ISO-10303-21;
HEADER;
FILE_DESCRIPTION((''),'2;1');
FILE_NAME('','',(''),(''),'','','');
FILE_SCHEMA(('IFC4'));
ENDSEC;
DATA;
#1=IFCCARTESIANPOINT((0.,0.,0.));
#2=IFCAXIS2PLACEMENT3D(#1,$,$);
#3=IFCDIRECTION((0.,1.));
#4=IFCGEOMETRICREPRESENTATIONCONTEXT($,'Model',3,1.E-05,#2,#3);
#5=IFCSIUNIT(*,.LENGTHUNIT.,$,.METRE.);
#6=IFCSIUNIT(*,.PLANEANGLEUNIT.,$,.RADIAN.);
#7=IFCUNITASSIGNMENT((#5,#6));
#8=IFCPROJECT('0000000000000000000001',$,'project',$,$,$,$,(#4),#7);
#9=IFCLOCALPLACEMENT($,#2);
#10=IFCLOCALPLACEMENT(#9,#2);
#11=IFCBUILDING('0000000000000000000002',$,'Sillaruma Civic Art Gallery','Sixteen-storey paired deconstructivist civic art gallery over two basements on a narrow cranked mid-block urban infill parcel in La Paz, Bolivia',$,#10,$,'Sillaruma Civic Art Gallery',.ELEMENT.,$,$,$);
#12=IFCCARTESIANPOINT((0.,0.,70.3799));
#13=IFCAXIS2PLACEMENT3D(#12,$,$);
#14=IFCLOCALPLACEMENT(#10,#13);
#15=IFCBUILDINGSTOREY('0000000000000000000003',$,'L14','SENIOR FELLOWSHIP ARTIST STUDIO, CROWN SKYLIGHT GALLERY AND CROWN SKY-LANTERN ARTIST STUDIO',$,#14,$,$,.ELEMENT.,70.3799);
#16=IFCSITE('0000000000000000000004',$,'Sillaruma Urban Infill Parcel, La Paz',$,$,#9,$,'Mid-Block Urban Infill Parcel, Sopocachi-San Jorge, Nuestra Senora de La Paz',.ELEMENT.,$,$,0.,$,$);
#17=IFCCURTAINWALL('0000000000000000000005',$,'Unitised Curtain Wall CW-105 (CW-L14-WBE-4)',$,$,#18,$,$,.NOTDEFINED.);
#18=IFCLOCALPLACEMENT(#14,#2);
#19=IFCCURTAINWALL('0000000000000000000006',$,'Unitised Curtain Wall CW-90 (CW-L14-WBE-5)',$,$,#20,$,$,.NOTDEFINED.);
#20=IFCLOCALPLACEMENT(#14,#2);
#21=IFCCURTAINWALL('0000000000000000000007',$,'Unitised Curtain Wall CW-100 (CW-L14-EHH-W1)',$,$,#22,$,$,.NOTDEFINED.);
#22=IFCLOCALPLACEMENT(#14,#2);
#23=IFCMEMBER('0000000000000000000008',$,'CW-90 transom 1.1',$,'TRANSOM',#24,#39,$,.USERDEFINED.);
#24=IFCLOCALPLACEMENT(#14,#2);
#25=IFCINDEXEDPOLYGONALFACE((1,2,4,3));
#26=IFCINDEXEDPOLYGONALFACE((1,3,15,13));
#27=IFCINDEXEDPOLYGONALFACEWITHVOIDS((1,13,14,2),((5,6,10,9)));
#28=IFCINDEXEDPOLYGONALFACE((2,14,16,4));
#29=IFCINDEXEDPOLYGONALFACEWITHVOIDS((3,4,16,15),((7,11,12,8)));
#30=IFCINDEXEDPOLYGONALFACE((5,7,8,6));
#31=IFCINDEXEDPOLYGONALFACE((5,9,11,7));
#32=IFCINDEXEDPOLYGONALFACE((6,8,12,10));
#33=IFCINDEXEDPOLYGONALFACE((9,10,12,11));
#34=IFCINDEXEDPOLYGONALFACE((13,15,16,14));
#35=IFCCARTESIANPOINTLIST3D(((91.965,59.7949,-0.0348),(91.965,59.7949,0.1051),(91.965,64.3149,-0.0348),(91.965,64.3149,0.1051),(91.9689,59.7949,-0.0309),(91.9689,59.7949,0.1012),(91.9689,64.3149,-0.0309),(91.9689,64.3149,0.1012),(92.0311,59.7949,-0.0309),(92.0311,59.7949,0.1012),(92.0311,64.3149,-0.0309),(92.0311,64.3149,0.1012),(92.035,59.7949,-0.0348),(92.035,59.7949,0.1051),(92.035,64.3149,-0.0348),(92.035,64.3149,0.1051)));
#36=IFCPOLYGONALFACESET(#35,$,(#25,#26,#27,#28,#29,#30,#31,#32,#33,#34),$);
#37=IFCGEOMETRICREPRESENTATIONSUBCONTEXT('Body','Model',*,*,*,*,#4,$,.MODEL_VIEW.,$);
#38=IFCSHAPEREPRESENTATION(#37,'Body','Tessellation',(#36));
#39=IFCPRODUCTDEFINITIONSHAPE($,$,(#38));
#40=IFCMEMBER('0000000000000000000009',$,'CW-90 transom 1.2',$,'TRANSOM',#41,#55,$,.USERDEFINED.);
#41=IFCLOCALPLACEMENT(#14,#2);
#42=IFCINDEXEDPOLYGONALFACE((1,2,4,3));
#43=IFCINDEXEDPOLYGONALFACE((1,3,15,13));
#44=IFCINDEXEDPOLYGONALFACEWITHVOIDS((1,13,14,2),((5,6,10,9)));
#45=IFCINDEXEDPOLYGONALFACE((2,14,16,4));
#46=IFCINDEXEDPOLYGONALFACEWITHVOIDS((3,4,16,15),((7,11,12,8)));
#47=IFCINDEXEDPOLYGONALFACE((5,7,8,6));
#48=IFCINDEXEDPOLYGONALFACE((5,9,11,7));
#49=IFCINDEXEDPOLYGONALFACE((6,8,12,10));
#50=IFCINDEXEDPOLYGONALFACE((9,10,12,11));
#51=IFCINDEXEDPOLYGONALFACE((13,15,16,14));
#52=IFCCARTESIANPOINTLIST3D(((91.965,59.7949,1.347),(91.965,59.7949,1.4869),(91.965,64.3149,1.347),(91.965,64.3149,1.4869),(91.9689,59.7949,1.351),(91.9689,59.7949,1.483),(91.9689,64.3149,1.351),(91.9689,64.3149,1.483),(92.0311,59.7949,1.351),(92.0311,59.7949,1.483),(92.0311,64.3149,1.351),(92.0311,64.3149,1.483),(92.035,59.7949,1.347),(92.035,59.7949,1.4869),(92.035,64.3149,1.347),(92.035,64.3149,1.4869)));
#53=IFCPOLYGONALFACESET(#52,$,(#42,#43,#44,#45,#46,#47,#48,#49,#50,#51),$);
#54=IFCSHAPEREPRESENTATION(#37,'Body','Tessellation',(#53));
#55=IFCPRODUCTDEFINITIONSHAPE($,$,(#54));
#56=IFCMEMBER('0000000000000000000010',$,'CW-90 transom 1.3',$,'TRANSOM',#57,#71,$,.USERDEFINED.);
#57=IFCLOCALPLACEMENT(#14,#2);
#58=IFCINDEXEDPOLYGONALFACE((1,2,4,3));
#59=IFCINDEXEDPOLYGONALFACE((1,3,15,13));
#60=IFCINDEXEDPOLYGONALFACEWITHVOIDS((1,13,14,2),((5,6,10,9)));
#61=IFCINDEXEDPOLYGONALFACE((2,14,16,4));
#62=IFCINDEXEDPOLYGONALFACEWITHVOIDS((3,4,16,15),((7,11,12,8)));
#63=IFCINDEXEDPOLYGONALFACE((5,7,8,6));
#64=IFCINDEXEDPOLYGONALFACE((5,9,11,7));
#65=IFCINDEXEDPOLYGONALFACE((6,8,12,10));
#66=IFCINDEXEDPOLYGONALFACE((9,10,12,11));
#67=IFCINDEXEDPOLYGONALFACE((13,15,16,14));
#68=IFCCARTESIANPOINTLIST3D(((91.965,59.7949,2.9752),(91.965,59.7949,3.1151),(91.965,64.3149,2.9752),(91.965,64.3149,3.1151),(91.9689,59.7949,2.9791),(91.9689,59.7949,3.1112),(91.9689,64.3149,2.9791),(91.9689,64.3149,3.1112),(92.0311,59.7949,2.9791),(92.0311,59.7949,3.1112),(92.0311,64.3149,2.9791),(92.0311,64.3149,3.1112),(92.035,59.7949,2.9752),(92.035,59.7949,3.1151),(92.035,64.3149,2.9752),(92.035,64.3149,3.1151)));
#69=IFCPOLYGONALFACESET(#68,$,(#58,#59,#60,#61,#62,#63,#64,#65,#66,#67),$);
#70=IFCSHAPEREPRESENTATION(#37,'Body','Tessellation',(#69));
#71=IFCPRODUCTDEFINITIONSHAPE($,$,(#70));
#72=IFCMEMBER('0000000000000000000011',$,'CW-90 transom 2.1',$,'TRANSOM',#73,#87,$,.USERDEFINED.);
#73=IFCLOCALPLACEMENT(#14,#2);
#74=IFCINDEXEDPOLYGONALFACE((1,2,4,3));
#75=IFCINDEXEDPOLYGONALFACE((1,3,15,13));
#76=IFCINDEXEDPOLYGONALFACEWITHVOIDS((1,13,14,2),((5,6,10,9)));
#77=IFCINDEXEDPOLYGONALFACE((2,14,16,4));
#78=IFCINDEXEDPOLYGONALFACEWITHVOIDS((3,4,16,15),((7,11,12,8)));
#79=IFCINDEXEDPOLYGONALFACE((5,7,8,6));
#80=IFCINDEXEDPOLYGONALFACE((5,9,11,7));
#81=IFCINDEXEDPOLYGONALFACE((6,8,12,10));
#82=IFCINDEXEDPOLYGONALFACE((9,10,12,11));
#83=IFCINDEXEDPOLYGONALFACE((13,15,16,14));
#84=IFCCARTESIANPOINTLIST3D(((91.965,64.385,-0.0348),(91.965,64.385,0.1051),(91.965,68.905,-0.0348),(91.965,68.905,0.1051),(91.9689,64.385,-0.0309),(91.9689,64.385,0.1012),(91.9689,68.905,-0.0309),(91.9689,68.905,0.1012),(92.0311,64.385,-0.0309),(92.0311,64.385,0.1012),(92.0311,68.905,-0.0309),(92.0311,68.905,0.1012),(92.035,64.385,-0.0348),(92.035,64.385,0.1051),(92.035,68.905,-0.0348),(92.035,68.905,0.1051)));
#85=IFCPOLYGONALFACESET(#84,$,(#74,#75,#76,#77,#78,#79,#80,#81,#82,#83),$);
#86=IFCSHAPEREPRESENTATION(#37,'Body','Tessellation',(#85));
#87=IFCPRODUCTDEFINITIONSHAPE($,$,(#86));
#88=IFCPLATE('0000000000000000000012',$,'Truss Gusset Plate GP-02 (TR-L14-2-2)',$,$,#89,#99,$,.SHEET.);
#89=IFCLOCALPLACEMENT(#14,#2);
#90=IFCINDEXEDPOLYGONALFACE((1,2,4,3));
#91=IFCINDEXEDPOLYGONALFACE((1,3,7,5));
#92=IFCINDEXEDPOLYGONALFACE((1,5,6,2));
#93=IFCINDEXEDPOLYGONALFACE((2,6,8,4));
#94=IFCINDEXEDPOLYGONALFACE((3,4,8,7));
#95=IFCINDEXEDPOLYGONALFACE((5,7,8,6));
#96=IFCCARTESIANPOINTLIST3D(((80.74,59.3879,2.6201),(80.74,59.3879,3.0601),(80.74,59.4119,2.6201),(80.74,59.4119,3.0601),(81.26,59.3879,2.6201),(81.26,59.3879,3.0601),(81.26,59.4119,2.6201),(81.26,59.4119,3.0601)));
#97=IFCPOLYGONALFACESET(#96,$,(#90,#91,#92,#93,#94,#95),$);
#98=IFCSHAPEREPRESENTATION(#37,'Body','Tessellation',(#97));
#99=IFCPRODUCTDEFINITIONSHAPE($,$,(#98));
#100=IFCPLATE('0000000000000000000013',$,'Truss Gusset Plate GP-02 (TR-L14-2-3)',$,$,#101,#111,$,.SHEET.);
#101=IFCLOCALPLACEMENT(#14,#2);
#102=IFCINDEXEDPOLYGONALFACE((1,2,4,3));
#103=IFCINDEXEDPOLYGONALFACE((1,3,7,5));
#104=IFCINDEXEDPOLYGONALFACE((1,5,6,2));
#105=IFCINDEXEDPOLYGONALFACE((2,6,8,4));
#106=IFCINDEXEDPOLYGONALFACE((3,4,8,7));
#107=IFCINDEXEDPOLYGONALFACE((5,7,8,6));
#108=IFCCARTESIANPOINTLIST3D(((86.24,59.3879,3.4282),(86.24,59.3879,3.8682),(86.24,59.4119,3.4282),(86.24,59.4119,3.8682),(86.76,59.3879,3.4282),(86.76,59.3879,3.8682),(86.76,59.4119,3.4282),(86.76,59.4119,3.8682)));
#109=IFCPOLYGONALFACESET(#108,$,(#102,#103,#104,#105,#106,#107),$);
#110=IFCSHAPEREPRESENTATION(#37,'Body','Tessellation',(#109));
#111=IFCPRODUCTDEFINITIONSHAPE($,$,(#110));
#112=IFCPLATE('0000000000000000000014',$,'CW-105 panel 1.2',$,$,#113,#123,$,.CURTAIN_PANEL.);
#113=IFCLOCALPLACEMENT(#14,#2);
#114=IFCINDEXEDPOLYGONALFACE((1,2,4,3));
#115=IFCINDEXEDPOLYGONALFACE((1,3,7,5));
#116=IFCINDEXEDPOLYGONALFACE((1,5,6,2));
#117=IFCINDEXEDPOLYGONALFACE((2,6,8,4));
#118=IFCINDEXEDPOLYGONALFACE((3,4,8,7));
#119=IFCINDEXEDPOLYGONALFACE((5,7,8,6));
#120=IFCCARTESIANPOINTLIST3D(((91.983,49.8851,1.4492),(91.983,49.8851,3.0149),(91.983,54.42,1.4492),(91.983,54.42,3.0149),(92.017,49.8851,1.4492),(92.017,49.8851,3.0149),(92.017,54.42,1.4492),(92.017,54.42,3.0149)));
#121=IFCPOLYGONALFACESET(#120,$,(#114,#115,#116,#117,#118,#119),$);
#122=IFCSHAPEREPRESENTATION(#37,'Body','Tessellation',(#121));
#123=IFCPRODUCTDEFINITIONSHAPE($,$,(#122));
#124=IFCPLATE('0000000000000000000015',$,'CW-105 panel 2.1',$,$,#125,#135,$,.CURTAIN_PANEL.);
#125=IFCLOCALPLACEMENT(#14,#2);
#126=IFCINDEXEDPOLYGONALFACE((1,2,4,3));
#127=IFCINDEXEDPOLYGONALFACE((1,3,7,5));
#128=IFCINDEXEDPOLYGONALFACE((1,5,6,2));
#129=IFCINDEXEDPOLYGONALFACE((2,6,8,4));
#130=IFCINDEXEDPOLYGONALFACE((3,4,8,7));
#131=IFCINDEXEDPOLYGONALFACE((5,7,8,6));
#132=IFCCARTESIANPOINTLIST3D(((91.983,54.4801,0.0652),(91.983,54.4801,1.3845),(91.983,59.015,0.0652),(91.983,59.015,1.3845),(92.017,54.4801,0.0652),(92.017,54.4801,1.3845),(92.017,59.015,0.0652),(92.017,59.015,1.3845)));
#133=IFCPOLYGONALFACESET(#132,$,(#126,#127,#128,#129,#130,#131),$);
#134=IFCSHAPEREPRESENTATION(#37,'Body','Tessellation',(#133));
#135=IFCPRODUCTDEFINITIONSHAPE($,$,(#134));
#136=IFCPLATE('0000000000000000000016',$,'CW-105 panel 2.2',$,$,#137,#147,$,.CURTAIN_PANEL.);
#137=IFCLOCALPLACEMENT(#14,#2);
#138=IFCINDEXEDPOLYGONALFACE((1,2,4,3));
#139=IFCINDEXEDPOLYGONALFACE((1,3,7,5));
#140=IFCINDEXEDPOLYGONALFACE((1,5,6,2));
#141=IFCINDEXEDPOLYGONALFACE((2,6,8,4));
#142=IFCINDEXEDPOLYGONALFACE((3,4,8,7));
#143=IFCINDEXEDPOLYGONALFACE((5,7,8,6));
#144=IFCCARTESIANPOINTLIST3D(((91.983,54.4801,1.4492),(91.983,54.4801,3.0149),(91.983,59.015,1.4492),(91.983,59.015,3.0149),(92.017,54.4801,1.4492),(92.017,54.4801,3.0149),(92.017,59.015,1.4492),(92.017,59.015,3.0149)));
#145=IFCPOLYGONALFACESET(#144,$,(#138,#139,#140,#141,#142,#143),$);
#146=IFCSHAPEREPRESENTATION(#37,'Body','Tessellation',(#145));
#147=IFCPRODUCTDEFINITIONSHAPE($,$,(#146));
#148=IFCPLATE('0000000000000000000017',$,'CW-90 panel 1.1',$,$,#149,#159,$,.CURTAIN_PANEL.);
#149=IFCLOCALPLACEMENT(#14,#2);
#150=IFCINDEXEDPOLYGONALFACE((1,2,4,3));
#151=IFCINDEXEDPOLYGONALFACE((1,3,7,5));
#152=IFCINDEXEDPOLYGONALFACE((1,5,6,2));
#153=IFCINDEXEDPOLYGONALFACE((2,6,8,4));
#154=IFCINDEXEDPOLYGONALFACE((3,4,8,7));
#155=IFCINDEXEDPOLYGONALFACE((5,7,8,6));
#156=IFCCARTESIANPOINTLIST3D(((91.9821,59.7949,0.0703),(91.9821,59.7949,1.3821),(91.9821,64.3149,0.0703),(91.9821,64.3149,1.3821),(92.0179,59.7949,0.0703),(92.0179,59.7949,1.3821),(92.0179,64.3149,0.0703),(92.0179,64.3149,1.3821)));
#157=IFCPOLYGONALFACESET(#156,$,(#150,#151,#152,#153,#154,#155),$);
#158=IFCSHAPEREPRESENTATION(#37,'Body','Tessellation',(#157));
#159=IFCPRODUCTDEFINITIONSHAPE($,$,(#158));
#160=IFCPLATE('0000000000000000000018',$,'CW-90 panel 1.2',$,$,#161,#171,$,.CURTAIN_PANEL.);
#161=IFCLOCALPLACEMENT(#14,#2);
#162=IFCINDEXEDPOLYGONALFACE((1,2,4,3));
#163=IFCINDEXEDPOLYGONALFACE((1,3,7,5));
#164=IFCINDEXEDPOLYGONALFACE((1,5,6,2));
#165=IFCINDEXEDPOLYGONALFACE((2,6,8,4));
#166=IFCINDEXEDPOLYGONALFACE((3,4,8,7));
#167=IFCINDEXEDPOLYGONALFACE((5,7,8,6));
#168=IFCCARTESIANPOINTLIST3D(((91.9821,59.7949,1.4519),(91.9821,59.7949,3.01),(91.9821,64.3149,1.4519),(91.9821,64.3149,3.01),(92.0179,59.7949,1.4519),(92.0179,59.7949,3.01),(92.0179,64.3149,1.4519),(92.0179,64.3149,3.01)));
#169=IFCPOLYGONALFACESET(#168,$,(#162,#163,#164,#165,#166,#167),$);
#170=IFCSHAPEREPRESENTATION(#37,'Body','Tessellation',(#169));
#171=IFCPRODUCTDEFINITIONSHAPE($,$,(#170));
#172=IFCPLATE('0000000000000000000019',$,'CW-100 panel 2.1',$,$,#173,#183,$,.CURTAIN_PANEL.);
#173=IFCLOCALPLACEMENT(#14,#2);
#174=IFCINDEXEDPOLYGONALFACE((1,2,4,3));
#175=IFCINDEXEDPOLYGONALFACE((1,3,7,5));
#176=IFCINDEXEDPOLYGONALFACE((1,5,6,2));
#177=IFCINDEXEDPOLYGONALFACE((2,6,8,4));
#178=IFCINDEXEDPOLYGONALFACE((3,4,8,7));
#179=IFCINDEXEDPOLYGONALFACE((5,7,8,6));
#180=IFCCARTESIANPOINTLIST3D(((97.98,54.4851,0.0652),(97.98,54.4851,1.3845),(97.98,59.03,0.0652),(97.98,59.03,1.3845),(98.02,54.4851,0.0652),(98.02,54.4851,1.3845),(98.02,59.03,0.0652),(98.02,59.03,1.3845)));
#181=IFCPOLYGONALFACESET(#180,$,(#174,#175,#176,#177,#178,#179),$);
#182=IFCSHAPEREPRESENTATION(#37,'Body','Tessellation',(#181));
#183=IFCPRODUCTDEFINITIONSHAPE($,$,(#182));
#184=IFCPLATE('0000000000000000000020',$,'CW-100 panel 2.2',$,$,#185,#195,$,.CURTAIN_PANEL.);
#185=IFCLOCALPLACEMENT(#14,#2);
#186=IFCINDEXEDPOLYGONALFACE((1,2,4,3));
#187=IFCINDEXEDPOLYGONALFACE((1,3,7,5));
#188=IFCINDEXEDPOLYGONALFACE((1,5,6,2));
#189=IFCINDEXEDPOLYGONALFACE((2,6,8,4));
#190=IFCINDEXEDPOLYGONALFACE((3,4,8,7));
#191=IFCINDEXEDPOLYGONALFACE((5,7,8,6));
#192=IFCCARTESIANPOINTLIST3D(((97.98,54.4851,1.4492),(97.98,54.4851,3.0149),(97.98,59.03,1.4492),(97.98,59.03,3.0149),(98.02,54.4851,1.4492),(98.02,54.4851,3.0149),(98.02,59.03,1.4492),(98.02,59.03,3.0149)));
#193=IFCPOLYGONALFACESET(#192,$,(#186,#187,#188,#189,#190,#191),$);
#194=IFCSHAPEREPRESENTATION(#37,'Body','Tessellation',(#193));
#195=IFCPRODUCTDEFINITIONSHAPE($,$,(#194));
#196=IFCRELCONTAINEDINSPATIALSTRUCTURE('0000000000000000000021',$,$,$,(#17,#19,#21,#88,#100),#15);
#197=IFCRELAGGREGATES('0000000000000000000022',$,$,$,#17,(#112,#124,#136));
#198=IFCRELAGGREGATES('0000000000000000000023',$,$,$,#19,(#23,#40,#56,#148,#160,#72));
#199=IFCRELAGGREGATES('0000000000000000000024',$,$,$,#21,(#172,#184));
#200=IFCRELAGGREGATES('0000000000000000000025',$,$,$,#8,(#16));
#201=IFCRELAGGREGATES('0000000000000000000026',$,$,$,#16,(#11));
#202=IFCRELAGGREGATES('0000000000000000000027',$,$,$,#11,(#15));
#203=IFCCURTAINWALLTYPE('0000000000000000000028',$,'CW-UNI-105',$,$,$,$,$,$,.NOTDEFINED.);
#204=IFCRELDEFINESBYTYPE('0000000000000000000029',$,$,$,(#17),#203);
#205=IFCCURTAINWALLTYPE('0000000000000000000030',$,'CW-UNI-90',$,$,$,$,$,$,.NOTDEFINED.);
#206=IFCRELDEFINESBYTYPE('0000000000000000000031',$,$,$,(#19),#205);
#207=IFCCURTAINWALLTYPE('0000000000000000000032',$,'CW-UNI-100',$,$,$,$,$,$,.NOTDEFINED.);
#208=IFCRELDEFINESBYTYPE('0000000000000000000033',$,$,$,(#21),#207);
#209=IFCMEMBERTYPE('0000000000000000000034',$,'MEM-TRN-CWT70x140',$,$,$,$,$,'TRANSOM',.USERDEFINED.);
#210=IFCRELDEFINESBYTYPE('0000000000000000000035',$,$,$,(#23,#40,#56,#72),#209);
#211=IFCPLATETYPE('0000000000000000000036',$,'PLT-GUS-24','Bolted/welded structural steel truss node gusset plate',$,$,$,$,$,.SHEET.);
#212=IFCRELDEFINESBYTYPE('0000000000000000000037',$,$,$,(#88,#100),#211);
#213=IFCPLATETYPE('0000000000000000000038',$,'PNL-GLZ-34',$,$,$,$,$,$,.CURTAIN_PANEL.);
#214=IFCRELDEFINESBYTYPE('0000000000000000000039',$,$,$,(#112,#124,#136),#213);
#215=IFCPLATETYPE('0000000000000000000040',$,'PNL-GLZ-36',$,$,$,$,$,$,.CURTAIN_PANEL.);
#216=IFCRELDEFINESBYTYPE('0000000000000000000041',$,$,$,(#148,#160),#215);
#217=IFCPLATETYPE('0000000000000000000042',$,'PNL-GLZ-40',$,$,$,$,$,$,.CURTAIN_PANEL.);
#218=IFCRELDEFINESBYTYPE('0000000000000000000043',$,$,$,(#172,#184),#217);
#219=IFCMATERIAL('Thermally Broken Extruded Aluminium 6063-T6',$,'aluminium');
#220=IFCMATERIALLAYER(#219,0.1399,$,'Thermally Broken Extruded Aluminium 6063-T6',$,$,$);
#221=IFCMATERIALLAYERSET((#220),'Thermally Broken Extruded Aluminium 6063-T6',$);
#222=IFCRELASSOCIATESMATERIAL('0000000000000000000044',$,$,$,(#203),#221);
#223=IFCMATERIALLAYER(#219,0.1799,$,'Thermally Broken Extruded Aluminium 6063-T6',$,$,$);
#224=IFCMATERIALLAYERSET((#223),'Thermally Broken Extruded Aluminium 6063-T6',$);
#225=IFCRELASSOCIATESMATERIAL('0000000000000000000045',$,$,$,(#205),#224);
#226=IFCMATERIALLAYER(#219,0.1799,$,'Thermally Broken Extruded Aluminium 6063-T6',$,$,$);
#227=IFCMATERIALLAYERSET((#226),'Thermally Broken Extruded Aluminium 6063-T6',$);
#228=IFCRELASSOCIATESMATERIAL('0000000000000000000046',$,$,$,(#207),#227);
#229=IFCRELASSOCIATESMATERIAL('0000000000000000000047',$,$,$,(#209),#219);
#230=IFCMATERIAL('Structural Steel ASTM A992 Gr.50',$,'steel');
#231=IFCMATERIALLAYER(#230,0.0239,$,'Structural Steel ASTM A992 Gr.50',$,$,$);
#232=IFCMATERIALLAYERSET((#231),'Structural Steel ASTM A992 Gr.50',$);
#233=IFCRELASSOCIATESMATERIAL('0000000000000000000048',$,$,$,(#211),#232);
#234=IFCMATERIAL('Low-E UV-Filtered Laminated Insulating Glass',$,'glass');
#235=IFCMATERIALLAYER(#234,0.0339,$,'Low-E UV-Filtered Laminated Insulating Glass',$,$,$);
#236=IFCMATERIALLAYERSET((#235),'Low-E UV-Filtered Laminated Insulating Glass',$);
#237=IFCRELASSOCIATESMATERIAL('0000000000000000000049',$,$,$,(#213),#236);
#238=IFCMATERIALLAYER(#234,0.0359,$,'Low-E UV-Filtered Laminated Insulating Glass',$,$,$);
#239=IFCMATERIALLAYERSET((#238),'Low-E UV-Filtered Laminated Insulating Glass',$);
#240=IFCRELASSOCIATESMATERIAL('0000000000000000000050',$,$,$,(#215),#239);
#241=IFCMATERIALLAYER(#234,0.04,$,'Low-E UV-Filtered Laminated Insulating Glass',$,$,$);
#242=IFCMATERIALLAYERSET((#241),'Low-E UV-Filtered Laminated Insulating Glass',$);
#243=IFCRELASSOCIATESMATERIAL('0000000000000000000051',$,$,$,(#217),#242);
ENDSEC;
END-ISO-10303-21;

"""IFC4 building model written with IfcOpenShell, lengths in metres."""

from ifc_helpers import new_model, si_unit, direction, frame, origin, origin_2d, place, context, subcontext, project, spatial, rectangle, hollow_rectangle, extrude, material, layer, layer_set, material_profile, profile_set, type_object, element, aggregate, save


model = new_model("IFC4")

# Units and contexts
model_context = context("Model", 3, precision=1e-05, world=origin(), true_north=direction((0.0, 1.0)))
body_context = subcontext(model_context, "Body", "Model", "MODEL_VIEW")
ifc_project = project(units=[si_unit("LENGTHUNIT", "METRE"), si_unit("PLANEANGLEUNIT", "RADIAN")], contexts=[model_context])

# Site, building, storey
site_placement = place(None, origin())
site = spatial("IfcSite", under=ifc_project, at=site_placement, Name="Sillaruma Urban Infill Parcel, La Paz", LongName="Mid-Block Urban Infill Parcel, Sopocachi-San Jorge, Nuestra Senora de La Paz", CompositionType="ELEMENT", RefElevation=0.0)
building_placement = place(site_placement, origin())
building = spatial("IfcBuilding", under=site, at=building_placement, Name="Sillaruma Civic Art Gallery", Description="Sixteen-storey paired deconstructivist civic art gallery over two basements on a narrow cranked mid-block urban infill parcel in La Paz, Bolivia", LongName="Sillaruma Civic Art Gallery", CompositionType="ELEMENT")
storey_placement = place(building_placement, frame((0.0, 0.0, 70.3799)))
storey = spatial("IfcBuildingStorey", under=building, at=storey_placement, Name="L14", Description="SENIOR FELLOWSHIP ARTIST STUDIO, CROWN SKYLIGHT GALLERY AND CROWN SKY-LANTERN ARTIST STUDIO", CompositionType="ELEMENT", Elevation=70.3799)

# Curtain walls
ifc_material_1 = material(Name="Thermally Broken Extruded Aluminium 6063-T6", Category="aluminium")
ifc_layer_1 = layer(ifc_material_1, 0.1399, Name="Thermally Broken Extruded Aluminium 6063-T6")
ifc_layer_set_1 = layer_set([ifc_layer_1], Name="Thermally Broken Extruded Aluminium 6063-T6")
curtain_wall_type_1 = type_object("IfcCurtainWallType", Name="CW-UNI-105", PredefinedType="NOTDEFINED", material=ifc_layer_set_1)
curtain_wall_1_placement = place(storey_placement, origin())
curtain_wall_1 = element("IfcCurtainWall", 1, at=curtain_wall_1_placement, inside=storey, type_object=curtain_wall_type_1, Name="Unitised Curtain Wall CW-105 (CW-L14-WBE-4)", PredefinedType="NOTDEFINED")
ifc_layer_2 = layer(ifc_material_1, 0.1799, Name="Thermally Broken Extruded Aluminium 6063-T6")
ifc_layer_set_2 = layer_set([ifc_layer_2], Name="Thermally Broken Extruded Aluminium 6063-T6")
curtain_wall_type_2 = type_object("IfcCurtainWallType", Name="CW-UNI-90", PredefinedType="NOTDEFINED", material=ifc_layer_set_2)
curtain_wall_2_placement = place(storey_placement, origin())
curtain_wall_2 = element("IfcCurtainWall", 2, at=curtain_wall_2_placement, inside=storey, type_object=curtain_wall_type_2, Name="Unitised Curtain Wall CW-90 (CW-L14-WBE-5)", PredefinedType="NOTDEFINED")
ifc_layer_3 = layer(ifc_material_1, 0.1799, Name="Thermally Broken Extruded Aluminium 6063-T6")
ifc_layer_set_3 = layer_set([ifc_layer_3], Name="Thermally Broken Extruded Aluminium 6063-T6")
curtain_wall_type_3 = type_object("IfcCurtainWallType", Name="CW-UNI-100", PredefinedType="NOTDEFINED", material=ifc_layer_set_3)
curtain_wall_3_placement = place(storey_placement, origin())
curtain_wall_3 = element("IfcCurtainWall", 3, at=curtain_wall_3_placement, inside=storey, type_object=curtain_wall_type_3, Name="Unitised Curtain Wall CW-100 (CW-L14-EHH-W1)", PredefinedType="NOTDEFINED")

# Members
ifc_material_profile_1 = material_profile(ifc_material_1, hollow_rectangle(XDim=0.0701, YDim=0.1399, WallThickness=0.0039, at=origin_2d()), Name="CWT70x140")
ifc_profile_set_1 = profile_set([ifc_material_profile_1], Name="Thermally Broken Extruded Aluminium 6063-T6")
member_type_1 = type_object("IfcMemberType", Name="MEM-TRN-CWT70x140", ElementType="TRANSOM", PredefinedType="USERDEFINED", material=ifc_profile_set_1)
member_1_placement = place(storey_placement, frame((92.0, 59.7949, 0.0352), z_axis=(0.0, 1.0, 0.0), x_axis=(-1.0, 0.0, 0.0)))
member_1 = element("IfcMember", 4, at=member_1_placement, type_object=member_type_1, Name="CW-90 transom 1.1", ObjectType="TRANSOM", PredefinedType="USERDEFINED", context=body_context, shape_type="SweptSolid", body=[
    extrude(hollow_rectangle(XDim=0.0701, YDim=0.1399, WallThickness=0.0039, at=origin_2d()), origin(), (0.0, 0.0, 1.0), 4.52),
])
member_2_placement = place(storey_placement, frame((92.0, 59.7949, 1.417), z_axis=(0.0, 1.0, 0.0), x_axis=(-1.0, 0.0, 0.0)))
member_2 = element("IfcMember", 5, at=member_2_placement, type_object=member_type_1, Name="CW-90 transom 1.2", ObjectType="TRANSOM", PredefinedType="USERDEFINED", context=body_context, shape_type="SweptSolid", body=[
    extrude(hollow_rectangle(XDim=0.0701, YDim=0.1399, WallThickness=0.0039, at=origin_2d()), origin(), (0.0, 0.0, 1.0), 4.52),
])
member_3_placement = place(storey_placement, frame((92.0, 59.7949, 3.0452), z_axis=(0.0, 1.0, 0.0), x_axis=(-1.0, 0.0, 0.0)))
member_3 = element("IfcMember", 6, at=member_3_placement, type_object=member_type_1, Name="CW-90 transom 1.3", ObjectType="TRANSOM", PredefinedType="USERDEFINED", context=body_context, shape_type="SweptSolid", body=[
    extrude(hollow_rectangle(XDim=0.0701, YDim=0.1399, WallThickness=0.0039, at=origin_2d()), origin(), (0.0, 0.0, 1.0), 4.52),
])
member_4_placement = place(storey_placement, frame((92.0, 64.385, 0.0352), z_axis=(0.0, 1.0, 0.0), x_axis=(-1.0, 0.0, 0.0)))
member_4 = element("IfcMember", 7, at=member_4_placement, type_object=member_type_1, Name="CW-90 transom 2.1", ObjectType="TRANSOM", PredefinedType="USERDEFINED", context=body_context, shape_type="SweptSolid", body=[
    extrude(hollow_rectangle(XDim=0.0701, YDim=0.1399, WallThickness=0.0039, at=origin_2d()), origin(), (0.0, 0.0, 1.0), 4.52),
])

# Plates
ifc_material_2 = material(Name="Structural Steel ASTM A992 Gr.50", Category="steel")
ifc_layer_4 = layer(ifc_material_2, 0.0239, Name="Structural Steel ASTM A992 Gr.50")
ifc_layer_set_4 = layer_set([ifc_layer_4], Name="Structural Steel ASTM A992 Gr.50")
plate_type_1 = type_object("IfcPlateType", Name="PLT-GUS-24", Description="Bolted/welded structural steel truss node gusset plate", PredefinedType="SHEET", material=ifc_layer_set_4)
for number, where, z_axis, x_axis, name in (
    (8, (81.0, 59.3999, 2.6201), (0.0, 0.0, 1.0), (1.0, 0.0, 0.0), "Truss Gusset Plate GP-02 (TR-L14-2-2)"),
    (9, (86.5, 59.3999, 3.4282), (0.0, 0.0, 1.0), (1.0, 0.0, 0.0), "Truss Gusset Plate GP-02 (TR-L14-2-3)"),
):
    element("IfcPlate", number, at=place(storey_placement, frame(where, z_axis=z_axis, x_axis=x_axis)), inside=storey, type_object=plate_type_1, Name=name, PredefinedType="SHEET", context=body_context, shape_type="SweptSolid", body=[
        extrude(rectangle(XDim=0.52, YDim=0.0239, at=origin_2d()), origin(), (0.0, 0.0, 1.0), 0.4399),
    ])

# Plates
ifc_material_3 = material(Name="Low-E UV-Filtered Laminated Insulating Glass", Category="glass")
ifc_layer_5 = layer(ifc_material_3, 0.0339, Name="Low-E UV-Filtered Laminated Insulating Glass")
ifc_layer_set_5 = layer_set([ifc_layer_5], Name="Low-E UV-Filtered Laminated Insulating Glass")
plate_type_2 = type_object("IfcPlateType", Name="PNL-GLZ-34", PredefinedType="CURTAIN_PANEL", material=ifc_layer_set_5)
plate_1_placement = place(storey_placement, frame((92.0, 52.1526, 1.4492), z_axis=(0.0, 0.0, 1.0), x_axis=(0.0, 1.0, 0.0)))
plate_1 = element("IfcPlate", 10, at=plate_1_placement, type_object=plate_type_2, Name="CW-105 panel 1.2", PredefinedType="CURTAIN_PANEL", context=body_context, shape_type="SweptSolid", body=[
    extrude(rectangle(XDim=4.5349, YDim=0.0339, at=origin_2d()), origin(), (0.0, 0.0, 1.0), 1.5657),
])
plate_2_placement = place(storey_placement, frame((92.0, 56.7476, 0.0652), z_axis=(0.0, 0.0, 1.0), x_axis=(0.0, 1.0, 0.0)))
plate_2 = element("IfcPlate", 11, at=plate_2_placement, type_object=plate_type_2, Name="CW-105 panel 2.1", PredefinedType="CURTAIN_PANEL", context=body_context, shape_type="SweptSolid", body=[
    extrude(rectangle(XDim=4.5349, YDim=0.0339, at=origin_2d()), origin(), (0.0, 0.0, 1.0), 1.3193),
])
plate_3_placement = place(storey_placement, frame((92.0, 56.7476, 1.4492), z_axis=(0.0, 0.0, 1.0), x_axis=(0.0, 1.0, 0.0)))
plate_3 = element("IfcPlate", 12, at=plate_3_placement, type_object=plate_type_2, Name="CW-105 panel 2.2", PredefinedType="CURTAIN_PANEL", context=body_context, shape_type="SweptSolid", body=[
    extrude(rectangle(XDim=4.5349, YDim=0.0339, at=origin_2d()), origin(), (0.0, 0.0, 1.0), 1.5657),
])
aggregate(curtain_wall_1, [plate_1, plate_2, plate_3])
ifc_layer_6 = layer(ifc_material_3, 0.0359, Name="Low-E UV-Filtered Laminated Insulating Glass")
ifc_layer_set_6 = layer_set([ifc_layer_6], Name="Low-E UV-Filtered Laminated Insulating Glass")
plate_type_3 = type_object("IfcPlateType", Name="PNL-GLZ-36", PredefinedType="CURTAIN_PANEL", material=ifc_layer_set_6)
plate_4_placement = place(storey_placement, frame((92.0, 62.0549, 0.0703), z_axis=(0.0, 0.0, 1.0), x_axis=(0.0, 1.0, 0.0)))
plate_4 = element("IfcPlate", 13, at=plate_4_placement, type_object=plate_type_3, Name="CW-90 panel 1.1", PredefinedType="CURTAIN_PANEL", context=body_context, shape_type="SweptSolid", body=[
    extrude(rectangle(XDim=4.52, YDim=0.0359, at=origin_2d()), origin(), (0.0, 0.0, 1.0), 1.3118),
])
plate_5_placement = place(storey_placement, frame((92.0, 62.0549, 1.4519), z_axis=(0.0, 0.0, 1.0), x_axis=(0.0, 1.0, 0.0)))
plate_5 = element("IfcPlate", 14, at=plate_5_placement, type_object=plate_type_3, Name="CW-90 panel 1.2", PredefinedType="CURTAIN_PANEL", context=body_context, shape_type="SweptSolid", body=[
    extrude(rectangle(XDim=4.52, YDim=0.0359, at=origin_2d()), origin(), (0.0, 0.0, 1.0), 1.5581),
])
aggregate(curtain_wall_2, [member_1, member_2, member_3, plate_4, plate_5, member_4])
ifc_layer_7 = layer(ifc_material_3, 0.04, Name="Low-E UV-Filtered Laminated Insulating Glass")
ifc_layer_set_7 = layer_set([ifc_layer_7], Name="Low-E UV-Filtered Laminated Insulating Glass")
plate_type_4 = type_object("IfcPlateType", Name="PNL-GLZ-40", PredefinedType="CURTAIN_PANEL", material=ifc_layer_set_7)
plate_6_placement = place(storey_placement, frame((98.0, 56.7576, 0.0652), z_axis=(0.0, 0.0, 1.0), x_axis=(0.0, 1.0, 0.0)))
plate_6 = element("IfcPlate", 15, at=plate_6_placement, type_object=plate_type_4, Name="CW-100 panel 2.1", PredefinedType="CURTAIN_PANEL", context=body_context, shape_type="SweptSolid", body=[
    extrude(rectangle(XDim=4.5449, YDim=0.04, at=origin_2d()), origin(), (0.0, 0.0, 1.0), 1.3193),
])
plate_7_placement = place(storey_placement, frame((98.0, 56.7576, 1.4492), z_axis=(0.0, 0.0, 1.0), x_axis=(0.0, 1.0, 0.0)))
plate_7 = element("IfcPlate", 16, at=plate_7_placement, type_object=plate_type_4, Name="CW-100 panel 2.2", PredefinedType="CURTAIN_PANEL", context=body_context, shape_type="SweptSolid", body=[
    extrude(rectangle(XDim=4.5449, YDim=0.04, at=origin_2d()), origin(), (0.0, 0.0, 1.0), 1.5657),
])
aggregate(curtain_wall_3, [plate_6, plate_7])

save(model, "model.ifc")
